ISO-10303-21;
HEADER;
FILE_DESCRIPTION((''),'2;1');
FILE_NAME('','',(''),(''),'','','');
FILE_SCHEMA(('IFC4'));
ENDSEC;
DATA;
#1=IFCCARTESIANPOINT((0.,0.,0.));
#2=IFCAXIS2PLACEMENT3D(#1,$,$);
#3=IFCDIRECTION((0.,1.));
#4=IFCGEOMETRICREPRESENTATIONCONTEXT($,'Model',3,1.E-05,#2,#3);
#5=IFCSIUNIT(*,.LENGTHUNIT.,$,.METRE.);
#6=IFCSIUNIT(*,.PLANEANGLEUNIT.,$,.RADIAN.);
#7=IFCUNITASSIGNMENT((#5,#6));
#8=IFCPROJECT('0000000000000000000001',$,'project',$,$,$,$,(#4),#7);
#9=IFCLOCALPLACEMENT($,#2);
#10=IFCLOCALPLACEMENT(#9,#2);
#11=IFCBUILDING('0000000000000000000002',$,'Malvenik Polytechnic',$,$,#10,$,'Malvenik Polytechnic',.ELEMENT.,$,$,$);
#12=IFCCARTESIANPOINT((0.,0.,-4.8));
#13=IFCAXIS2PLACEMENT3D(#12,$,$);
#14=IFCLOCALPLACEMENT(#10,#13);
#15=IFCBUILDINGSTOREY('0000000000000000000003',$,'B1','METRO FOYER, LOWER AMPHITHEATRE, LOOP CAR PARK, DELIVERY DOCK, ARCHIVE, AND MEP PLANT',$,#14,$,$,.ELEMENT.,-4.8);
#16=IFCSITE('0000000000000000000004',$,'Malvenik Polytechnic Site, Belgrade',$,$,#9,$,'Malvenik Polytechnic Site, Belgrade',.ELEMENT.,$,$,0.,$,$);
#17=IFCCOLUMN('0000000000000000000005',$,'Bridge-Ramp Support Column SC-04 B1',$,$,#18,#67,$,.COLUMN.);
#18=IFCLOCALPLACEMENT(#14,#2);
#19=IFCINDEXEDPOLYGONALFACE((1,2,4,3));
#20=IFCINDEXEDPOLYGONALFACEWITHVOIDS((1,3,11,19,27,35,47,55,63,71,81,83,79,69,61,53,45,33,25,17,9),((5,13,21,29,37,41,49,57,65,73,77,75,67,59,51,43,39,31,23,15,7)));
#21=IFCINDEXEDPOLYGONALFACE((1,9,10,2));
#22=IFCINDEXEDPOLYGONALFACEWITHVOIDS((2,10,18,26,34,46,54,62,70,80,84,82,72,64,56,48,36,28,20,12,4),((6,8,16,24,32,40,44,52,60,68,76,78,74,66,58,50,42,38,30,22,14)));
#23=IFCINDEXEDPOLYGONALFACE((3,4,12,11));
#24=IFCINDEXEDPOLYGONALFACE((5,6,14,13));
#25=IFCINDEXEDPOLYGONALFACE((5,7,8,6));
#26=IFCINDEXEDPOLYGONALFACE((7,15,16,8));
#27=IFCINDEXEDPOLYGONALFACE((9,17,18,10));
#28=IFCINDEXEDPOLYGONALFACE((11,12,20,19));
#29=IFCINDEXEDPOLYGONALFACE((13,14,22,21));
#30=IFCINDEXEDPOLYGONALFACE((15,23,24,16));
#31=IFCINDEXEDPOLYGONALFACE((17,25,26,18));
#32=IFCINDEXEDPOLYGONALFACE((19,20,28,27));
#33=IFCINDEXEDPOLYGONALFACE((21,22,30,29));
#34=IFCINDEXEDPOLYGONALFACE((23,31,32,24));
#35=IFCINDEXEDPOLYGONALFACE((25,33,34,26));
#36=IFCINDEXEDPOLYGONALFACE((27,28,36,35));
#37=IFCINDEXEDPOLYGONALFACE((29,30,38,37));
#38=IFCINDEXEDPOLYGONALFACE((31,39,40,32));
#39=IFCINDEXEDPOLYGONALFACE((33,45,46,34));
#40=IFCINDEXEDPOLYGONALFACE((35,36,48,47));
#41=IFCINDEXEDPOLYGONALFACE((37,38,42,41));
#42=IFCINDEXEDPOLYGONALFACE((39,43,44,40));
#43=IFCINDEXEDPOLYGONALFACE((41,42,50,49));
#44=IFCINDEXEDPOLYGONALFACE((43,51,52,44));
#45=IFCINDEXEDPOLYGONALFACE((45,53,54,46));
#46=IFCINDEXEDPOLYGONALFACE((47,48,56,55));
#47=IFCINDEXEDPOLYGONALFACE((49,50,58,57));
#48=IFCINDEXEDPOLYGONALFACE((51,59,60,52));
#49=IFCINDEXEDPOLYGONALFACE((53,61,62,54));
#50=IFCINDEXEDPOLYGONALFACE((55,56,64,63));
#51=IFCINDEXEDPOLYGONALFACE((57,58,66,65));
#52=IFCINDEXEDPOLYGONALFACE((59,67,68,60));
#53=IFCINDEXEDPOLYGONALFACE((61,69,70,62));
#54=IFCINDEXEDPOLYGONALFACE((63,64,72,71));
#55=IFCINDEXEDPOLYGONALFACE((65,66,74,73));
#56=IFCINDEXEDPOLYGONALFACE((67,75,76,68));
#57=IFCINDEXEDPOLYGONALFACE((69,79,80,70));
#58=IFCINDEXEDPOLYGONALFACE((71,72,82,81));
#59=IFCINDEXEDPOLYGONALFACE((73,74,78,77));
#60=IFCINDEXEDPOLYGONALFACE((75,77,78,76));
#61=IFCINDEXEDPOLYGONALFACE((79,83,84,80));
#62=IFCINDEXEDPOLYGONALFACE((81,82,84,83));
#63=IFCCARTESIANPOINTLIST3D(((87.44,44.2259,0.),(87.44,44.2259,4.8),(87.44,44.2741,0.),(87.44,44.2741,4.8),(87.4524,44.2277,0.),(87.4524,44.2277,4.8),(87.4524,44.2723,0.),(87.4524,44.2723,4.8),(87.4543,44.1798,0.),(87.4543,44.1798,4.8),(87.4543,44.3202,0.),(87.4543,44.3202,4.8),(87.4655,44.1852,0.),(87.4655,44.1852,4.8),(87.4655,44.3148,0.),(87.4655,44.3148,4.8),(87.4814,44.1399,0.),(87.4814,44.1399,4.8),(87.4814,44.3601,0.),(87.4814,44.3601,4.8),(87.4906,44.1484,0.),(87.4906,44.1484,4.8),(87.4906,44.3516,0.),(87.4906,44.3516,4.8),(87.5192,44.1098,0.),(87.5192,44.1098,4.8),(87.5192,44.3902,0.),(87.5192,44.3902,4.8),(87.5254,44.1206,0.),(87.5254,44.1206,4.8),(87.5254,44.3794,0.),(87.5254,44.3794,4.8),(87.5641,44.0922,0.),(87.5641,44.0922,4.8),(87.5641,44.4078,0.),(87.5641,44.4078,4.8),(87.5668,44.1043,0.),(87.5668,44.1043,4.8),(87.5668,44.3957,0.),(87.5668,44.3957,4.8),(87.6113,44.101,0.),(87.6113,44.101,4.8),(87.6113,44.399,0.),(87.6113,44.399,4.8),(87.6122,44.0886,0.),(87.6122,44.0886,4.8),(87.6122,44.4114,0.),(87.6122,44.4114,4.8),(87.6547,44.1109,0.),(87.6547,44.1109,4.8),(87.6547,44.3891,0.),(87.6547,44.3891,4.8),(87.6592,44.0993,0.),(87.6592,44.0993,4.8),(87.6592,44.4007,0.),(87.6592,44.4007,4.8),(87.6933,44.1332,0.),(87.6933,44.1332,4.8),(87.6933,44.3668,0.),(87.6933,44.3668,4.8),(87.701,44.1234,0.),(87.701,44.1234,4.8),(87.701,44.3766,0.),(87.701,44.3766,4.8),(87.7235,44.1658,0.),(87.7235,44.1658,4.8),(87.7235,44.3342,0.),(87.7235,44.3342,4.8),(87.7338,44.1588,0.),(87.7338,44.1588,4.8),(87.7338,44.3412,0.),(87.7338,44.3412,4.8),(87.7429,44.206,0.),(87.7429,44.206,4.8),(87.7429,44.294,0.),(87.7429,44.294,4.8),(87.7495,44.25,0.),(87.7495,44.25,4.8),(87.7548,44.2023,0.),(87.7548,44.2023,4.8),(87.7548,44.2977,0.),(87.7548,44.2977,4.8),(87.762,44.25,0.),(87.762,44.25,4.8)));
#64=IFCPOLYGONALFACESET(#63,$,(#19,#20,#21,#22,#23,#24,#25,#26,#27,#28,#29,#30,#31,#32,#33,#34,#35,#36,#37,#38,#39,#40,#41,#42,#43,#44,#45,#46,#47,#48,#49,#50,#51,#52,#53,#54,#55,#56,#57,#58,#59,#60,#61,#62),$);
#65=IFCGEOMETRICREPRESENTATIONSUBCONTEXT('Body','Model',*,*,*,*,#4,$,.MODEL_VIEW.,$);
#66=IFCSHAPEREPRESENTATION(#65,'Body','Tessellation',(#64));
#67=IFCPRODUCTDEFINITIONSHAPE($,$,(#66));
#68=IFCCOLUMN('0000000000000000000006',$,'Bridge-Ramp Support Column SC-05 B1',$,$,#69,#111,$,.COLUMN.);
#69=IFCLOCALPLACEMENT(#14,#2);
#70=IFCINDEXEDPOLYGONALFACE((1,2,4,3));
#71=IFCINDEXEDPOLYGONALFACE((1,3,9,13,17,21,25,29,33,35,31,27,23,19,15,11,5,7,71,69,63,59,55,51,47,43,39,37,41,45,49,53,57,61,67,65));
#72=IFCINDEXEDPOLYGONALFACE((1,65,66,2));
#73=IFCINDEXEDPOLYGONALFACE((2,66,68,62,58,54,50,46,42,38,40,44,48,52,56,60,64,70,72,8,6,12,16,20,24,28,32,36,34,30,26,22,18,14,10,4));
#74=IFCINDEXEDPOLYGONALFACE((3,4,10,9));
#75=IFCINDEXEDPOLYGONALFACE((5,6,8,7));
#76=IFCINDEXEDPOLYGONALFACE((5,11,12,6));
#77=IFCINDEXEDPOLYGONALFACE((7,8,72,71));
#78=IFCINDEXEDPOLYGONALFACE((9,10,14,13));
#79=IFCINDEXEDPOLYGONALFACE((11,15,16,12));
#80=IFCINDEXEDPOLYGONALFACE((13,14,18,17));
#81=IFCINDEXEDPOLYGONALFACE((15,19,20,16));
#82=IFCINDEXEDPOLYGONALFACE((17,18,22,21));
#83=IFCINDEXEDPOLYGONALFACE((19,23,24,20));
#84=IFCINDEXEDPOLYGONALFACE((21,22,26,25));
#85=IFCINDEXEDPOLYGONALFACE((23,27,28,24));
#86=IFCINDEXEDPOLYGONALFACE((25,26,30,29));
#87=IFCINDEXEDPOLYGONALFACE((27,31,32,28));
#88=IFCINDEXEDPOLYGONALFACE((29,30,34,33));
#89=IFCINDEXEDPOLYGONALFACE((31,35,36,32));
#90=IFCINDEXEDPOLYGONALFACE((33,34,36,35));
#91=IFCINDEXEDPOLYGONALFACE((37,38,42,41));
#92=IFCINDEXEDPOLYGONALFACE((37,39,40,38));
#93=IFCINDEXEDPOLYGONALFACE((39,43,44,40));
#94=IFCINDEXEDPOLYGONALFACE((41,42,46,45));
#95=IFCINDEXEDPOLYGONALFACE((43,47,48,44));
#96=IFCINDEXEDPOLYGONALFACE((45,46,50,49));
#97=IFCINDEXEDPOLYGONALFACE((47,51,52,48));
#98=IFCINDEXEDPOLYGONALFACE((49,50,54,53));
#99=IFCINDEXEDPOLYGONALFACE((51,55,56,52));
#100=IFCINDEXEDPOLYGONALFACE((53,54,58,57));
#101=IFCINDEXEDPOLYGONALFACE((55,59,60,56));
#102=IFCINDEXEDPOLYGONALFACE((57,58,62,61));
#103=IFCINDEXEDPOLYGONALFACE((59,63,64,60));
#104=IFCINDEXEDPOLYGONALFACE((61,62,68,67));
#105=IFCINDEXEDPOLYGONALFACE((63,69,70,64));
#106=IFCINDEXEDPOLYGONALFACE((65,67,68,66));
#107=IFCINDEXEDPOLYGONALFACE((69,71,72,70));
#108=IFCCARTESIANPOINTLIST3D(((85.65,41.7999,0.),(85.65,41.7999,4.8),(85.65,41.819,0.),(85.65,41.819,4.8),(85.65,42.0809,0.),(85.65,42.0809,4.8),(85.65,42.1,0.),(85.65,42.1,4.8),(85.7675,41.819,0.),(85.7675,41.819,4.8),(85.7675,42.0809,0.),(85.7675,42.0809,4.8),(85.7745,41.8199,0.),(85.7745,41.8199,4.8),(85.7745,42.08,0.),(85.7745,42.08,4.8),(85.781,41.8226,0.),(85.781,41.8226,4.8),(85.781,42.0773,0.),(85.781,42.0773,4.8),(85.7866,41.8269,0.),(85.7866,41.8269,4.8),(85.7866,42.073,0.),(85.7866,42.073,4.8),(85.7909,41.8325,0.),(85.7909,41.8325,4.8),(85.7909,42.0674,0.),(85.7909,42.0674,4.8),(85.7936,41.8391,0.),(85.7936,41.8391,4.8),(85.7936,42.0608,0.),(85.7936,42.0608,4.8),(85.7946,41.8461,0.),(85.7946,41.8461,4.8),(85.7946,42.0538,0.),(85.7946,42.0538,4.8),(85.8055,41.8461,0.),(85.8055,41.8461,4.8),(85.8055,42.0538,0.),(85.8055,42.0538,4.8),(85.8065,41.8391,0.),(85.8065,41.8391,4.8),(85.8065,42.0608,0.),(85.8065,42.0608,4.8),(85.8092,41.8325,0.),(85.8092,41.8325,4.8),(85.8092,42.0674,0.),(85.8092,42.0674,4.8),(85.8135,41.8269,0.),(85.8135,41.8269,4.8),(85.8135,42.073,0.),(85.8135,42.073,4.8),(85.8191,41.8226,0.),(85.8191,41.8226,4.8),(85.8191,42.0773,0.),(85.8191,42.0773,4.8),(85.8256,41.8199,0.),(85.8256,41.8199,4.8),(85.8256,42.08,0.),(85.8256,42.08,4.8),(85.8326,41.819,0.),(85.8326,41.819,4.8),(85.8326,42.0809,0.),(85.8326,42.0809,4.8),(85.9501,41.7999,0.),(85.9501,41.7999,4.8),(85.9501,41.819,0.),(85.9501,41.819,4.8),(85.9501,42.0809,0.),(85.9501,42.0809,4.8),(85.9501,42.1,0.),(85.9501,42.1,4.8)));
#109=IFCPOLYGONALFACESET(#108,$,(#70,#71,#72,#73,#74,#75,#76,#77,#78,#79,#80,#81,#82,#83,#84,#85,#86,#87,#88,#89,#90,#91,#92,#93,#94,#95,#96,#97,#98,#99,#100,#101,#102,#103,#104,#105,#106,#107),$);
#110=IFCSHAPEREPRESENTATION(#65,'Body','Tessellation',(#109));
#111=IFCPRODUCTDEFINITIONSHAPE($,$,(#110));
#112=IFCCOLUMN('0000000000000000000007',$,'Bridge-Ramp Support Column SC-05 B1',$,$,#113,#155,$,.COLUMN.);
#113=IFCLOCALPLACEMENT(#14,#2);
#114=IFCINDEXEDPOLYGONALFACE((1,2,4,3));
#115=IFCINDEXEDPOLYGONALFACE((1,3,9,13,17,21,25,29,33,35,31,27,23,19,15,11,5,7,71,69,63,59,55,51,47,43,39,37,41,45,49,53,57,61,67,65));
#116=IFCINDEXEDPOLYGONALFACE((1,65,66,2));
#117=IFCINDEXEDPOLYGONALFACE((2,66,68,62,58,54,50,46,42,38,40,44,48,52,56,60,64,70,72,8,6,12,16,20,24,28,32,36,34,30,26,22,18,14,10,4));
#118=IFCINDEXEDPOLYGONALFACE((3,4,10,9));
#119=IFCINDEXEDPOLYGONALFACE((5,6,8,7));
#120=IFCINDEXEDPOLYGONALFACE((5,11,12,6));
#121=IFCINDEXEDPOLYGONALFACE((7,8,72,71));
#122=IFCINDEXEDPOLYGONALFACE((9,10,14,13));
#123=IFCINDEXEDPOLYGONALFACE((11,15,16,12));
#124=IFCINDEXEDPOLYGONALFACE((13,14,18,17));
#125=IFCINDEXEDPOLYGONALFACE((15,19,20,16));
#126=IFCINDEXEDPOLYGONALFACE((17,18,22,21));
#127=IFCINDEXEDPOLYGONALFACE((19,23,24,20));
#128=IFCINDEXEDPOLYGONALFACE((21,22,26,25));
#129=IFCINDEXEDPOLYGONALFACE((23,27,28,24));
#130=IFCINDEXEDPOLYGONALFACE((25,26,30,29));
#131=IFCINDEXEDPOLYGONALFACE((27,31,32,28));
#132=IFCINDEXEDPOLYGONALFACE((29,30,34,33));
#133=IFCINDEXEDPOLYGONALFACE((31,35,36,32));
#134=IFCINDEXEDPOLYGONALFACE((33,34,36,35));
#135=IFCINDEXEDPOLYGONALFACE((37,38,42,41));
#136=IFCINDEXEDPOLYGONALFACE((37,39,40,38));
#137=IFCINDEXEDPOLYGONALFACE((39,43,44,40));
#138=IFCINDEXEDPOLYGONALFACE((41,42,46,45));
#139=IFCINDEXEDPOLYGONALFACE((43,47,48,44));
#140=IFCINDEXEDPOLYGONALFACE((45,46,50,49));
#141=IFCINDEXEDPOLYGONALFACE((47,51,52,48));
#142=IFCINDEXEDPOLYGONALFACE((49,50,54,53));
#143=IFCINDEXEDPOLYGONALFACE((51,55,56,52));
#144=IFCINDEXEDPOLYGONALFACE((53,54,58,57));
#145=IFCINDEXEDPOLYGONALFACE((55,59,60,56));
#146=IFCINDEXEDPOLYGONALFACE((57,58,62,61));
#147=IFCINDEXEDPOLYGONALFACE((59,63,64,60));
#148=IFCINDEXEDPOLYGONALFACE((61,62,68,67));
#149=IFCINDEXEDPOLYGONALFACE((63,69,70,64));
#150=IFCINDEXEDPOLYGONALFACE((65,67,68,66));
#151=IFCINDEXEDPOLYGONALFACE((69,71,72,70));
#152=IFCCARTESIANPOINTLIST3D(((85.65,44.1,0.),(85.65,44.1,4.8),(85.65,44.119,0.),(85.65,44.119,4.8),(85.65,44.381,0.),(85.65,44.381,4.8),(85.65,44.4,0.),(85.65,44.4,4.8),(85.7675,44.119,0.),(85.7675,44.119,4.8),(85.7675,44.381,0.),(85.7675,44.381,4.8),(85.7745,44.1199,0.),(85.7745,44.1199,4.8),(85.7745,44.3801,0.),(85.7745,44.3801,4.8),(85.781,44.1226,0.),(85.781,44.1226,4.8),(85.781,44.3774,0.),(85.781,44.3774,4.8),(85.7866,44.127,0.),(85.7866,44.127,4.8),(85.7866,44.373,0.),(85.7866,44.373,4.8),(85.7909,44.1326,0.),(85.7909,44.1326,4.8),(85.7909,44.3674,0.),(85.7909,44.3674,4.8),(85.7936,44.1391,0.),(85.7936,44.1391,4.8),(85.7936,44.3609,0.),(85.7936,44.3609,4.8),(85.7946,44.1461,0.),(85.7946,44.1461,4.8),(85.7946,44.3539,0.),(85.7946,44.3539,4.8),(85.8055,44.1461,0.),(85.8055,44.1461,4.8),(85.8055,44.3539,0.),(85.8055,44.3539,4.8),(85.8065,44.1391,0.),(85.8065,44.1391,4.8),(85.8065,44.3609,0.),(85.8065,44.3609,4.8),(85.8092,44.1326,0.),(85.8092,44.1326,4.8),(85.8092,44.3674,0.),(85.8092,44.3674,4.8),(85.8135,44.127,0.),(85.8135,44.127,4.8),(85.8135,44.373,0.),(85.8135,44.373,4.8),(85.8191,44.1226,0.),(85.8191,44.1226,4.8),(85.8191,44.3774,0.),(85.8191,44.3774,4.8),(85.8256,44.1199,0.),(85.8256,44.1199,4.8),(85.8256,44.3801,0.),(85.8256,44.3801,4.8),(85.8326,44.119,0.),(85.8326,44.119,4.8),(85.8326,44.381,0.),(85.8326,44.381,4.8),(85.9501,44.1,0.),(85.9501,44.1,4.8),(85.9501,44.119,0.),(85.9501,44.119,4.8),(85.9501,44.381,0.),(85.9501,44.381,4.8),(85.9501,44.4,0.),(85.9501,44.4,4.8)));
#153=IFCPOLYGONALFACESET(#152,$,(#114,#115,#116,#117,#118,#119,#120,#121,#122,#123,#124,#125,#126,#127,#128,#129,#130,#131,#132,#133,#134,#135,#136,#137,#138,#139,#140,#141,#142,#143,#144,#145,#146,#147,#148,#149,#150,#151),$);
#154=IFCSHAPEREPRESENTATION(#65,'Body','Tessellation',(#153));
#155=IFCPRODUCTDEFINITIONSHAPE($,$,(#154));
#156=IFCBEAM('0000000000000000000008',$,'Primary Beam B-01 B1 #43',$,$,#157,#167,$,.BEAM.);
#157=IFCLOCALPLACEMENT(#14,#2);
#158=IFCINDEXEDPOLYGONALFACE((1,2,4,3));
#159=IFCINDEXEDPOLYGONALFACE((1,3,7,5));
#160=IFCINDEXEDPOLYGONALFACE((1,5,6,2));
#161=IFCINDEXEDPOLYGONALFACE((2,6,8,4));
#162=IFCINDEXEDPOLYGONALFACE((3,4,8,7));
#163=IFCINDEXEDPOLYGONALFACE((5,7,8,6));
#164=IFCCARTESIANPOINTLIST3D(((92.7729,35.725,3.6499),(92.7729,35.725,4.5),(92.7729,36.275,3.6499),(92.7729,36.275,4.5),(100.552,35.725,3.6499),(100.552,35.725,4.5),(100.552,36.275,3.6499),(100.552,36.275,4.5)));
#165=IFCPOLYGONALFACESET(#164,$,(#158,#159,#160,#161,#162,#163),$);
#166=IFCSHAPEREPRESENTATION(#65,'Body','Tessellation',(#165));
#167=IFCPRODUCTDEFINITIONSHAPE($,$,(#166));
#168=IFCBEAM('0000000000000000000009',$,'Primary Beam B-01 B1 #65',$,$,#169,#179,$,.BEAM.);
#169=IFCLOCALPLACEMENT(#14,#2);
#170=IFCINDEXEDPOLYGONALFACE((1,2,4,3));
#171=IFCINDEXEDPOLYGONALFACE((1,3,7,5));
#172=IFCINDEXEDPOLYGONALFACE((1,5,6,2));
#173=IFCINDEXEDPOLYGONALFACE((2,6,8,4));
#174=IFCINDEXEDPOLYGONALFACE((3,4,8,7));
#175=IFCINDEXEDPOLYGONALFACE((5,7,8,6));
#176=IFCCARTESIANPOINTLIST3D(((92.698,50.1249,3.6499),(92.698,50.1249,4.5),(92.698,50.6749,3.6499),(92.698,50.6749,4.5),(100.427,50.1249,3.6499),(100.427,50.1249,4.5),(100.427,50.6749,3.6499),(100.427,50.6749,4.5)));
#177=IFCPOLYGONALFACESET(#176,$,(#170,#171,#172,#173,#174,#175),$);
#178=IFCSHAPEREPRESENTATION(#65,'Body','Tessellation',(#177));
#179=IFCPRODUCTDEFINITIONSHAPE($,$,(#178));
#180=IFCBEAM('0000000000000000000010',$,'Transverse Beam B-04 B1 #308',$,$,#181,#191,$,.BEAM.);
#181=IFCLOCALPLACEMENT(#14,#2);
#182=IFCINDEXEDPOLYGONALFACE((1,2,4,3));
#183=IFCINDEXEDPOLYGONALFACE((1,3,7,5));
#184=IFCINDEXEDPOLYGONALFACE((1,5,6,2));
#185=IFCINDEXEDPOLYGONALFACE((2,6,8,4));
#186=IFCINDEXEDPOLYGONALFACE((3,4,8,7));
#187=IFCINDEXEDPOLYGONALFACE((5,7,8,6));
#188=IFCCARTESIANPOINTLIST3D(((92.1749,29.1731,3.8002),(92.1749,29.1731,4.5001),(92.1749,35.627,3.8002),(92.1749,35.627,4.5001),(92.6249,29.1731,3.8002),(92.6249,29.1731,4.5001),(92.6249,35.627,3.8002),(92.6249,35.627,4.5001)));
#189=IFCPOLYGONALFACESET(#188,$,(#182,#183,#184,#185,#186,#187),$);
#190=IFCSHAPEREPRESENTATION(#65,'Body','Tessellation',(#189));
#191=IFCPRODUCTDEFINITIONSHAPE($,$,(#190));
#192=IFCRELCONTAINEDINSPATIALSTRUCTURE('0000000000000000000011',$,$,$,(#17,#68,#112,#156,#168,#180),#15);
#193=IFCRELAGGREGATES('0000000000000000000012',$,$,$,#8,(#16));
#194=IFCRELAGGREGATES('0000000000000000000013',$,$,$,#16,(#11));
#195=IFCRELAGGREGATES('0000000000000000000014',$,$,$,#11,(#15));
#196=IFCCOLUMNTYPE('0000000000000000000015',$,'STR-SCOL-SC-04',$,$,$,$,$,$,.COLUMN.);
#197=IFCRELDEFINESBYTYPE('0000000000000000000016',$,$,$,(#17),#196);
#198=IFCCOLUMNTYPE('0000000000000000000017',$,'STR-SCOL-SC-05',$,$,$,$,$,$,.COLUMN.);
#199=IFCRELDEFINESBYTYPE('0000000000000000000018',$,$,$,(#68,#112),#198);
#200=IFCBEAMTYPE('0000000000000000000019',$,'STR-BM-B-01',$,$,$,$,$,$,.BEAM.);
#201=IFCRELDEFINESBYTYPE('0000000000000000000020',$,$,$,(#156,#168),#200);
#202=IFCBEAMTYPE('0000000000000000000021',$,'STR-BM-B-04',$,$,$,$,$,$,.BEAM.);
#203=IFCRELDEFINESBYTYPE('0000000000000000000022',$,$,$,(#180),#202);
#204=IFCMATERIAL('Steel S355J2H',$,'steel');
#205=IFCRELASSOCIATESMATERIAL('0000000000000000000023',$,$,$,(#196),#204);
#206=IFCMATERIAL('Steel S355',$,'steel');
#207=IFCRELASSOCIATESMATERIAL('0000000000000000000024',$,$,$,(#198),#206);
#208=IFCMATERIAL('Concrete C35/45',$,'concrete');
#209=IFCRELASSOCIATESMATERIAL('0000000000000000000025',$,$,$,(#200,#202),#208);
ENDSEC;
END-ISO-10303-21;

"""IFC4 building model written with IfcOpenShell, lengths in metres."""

from ifc_helpers import new_model, si_unit, direction, frame, origin, origin_2d, place, context, subcontext, project, spatial, rectangle, hollow_circle, i_section, extrude, material, material_profile, profile_set, type_object, element, save


model = new_model("IFC4")

# Units and contexts
model_context = context("Model", 3, precision=1e-05, world=origin(), true_north=direction((0.0, 1.0)))
body_context = subcontext(model_context, "Body", "Model", "MODEL_VIEW")
ifc_project = project(units=[si_unit("LENGTHUNIT", "METRE"), si_unit("PLANEANGLEUNIT", "RADIAN")], contexts=[model_context])

# Site, building, storey
site_placement = place(None, origin())
site = spatial("IfcSite", under=ifc_project, at=site_placement, Name="Malvenik Polytechnic Site, Belgrade", LongName="Malvenik Polytechnic Site, Belgrade", CompositionType="ELEMENT", RefElevation=0.0)
building_placement = place(site_placement, origin())
building = spatial("IfcBuilding", under=site, at=building_placement, Name="Malvenik Polytechnic", LongName="Malvenik Polytechnic", CompositionType="ELEMENT")
storey_placement = place(building_placement, frame((0.0, 0.0, -4.8)))
storey = spatial("IfcBuildingStorey", under=building, at=storey_placement, Name="B1", Description="METRO FOYER, LOWER AMPHITHEATRE, LOOP CAR PARK, DELIVERY DOCK, ARCHIVE, AND MEP PLANT", CompositionType="ELEMENT", Elevation=-4.8)

# Shared definitions
ifc_material_1 = material(Name="Concrete C35/45", Category="concrete")

# Columns
ifc_material_2 = material(Name="Steel S355J2H", Category="steel")
ifc_material_profile_1 = material_profile(ifc_material_2, hollow_circle(Radius=0.1619, WallThickness=0.0125, at=origin_2d()), Name="CHS 323.9x12.5")
ifc_profile_set_1 = profile_set([ifc_material_profile_1], Name="Steel S355J2H")
column_type_1 = type_object("IfcColumnType", Name="STR-SCOL-SC-04", PredefinedType="COLUMN", material=ifc_profile_set_1)
for number, where, z_axis, x_axis, name in (
    (1, (87.6001, 44.25, 0.0), (0.0, 0.0, 1.0), (1.0, 0.0, 0.0), "Bridge-Ramp Support Column SC-04 B1"),
):
    element("IfcColumn", number, at=place(storey_placement, frame(where, z_axis=z_axis, x_axis=x_axis)), inside=storey, type_object=column_type_1, Name=name, PredefinedType="COLUMN", context=body_context, shape_type="SweptSolid", body=[
        extrude(hollow_circle(Radius=0.1619, WallThickness=0.0125, at=origin_2d()), origin(), (0.0, 0.0, 1.0), 4.8),
    ])
ifc_material_3 = material(Name="Steel S355", Category="steel")
ifc_material_profile_2 = material_profile(ifc_material_3, i_section(OverallWidth=0.3, OverallDepth=0.3, WebThickness=0.011, FlangeThickness=0.019, FilletRadius=0.0271, at=origin_2d()), Name="HEB 300")
ifc_profile_set_2 = profile_set([ifc_material_profile_2], Name="Steel S355")
column_type_2 = type_object("IfcColumnType", Name="STR-SCOL-SC-05", PredefinedType="COLUMN", material=ifc_profile_set_2)
for number, where, z_axis, x_axis, name in (
    (2, (85.8, 41.95, 0.0), (0.0, 0.0, 1.0), (1.0, 0.0, 0.0), "Bridge-Ramp Support Column SC-05 B1"),
    (3, (85.8, 44.25, 0.0), (0.0, 0.0, 1.0), (1.0, 0.0, 0.0), "Bridge-Ramp Support Column SC-05 B1"),
):
    element("IfcColumn", number, at=place(storey_placement, frame(where, z_axis=z_axis, x_axis=x_axis)), inside=storey, type_object=column_type_2, Name=name, PredefinedType="COLUMN", context=body_context, shape_type="SweptSolid", body=[
        extrude(i_section(OverallWidth=0.3, OverallDepth=0.3, WebThickness=0.011, FlangeThickness=0.019, FilletRadius=0.0271, at=origin_2d()), origin(), (0.0, 0.0, 1.0), 4.8),
    ])

# Beams
ifc_material_profile_3 = material_profile(ifc_material_1, rectangle(XDim=0.55, YDim=0.8501, at=origin_2d()), Name="RC BM 550x850")
ifc_profile_set_3 = profile_set([ifc_material_profile_3], Name="Concrete C35/45")
beam_type_1 = type_object("IfcBeamType", Name="STR-BM-B-01", PredefinedType="BEAM", material=ifc_profile_set_3)
beam_1_placement = place(storey_placement, frame((92.7729, 36.0, 4.075), z_axis=(1.0, 0.0, 0.0), x_axis=(0.0, 1.0, 0.0)))
element("IfcBeam", 4, at=beam_1_placement, inside=storey, type_object=beam_type_1, Name="Primary Beam B-01 B1 #43", PredefinedType="BEAM", context=body_context, shape_type="SweptSolid", body=[
    extrude(rectangle(XDim=0.55, YDim=0.8501, at=origin_2d()), origin(), (0.0, 0.0, 1.0), 7.7791),
])
beam_2_placement = place(storey_placement, frame((92.698, 50.3999, 4.075), z_axis=(1.0, 0.0, 0.0), x_axis=(0.0, 1.0, 0.0)))
element("IfcBeam", 5, at=beam_2_placement, inside=storey, type_object=beam_type_1, Name="Primary Beam B-01 B1 #65", PredefinedType="BEAM", context=body_context, shape_type="SweptSolid", body=[
    extrude(rectangle(XDim=0.55, YDim=0.8501, at=origin_2d()), origin(), (0.0, 0.0, 1.0), 7.729),
])
ifc_material_profile_4 = material_profile(ifc_material_1, rectangle(XDim=0.45, YDim=0.7, at=origin_2d()), Name="RC BM 450x700")
ifc_profile_set_4 = profile_set([ifc_material_profile_4], Name="Concrete C35/45")
beam_type_2 = type_object("IfcBeamType", Name="STR-BM-B-04", PredefinedType="BEAM", material=ifc_profile_set_4)
beam_3_placement = place(storey_placement, frame((92.3999, 29.1731, 4.1501), z_axis=(0.0, 1.0, 0.0), x_axis=(-1.0, 0.0, 0.0)))
element("IfcBeam", 6, at=beam_3_placement, inside=storey, type_object=beam_type_2, Name="Transverse Beam B-04 B1 #308", PredefinedType="BEAM", context=body_context, shape_type="SweptSolid", body=[
    extrude(rectangle(XDim=0.45, YDim=0.7, at=origin_2d()), origin(), (0.0, 0.0, 1.0), 6.4539),
])

save(model, "model.ifc")
